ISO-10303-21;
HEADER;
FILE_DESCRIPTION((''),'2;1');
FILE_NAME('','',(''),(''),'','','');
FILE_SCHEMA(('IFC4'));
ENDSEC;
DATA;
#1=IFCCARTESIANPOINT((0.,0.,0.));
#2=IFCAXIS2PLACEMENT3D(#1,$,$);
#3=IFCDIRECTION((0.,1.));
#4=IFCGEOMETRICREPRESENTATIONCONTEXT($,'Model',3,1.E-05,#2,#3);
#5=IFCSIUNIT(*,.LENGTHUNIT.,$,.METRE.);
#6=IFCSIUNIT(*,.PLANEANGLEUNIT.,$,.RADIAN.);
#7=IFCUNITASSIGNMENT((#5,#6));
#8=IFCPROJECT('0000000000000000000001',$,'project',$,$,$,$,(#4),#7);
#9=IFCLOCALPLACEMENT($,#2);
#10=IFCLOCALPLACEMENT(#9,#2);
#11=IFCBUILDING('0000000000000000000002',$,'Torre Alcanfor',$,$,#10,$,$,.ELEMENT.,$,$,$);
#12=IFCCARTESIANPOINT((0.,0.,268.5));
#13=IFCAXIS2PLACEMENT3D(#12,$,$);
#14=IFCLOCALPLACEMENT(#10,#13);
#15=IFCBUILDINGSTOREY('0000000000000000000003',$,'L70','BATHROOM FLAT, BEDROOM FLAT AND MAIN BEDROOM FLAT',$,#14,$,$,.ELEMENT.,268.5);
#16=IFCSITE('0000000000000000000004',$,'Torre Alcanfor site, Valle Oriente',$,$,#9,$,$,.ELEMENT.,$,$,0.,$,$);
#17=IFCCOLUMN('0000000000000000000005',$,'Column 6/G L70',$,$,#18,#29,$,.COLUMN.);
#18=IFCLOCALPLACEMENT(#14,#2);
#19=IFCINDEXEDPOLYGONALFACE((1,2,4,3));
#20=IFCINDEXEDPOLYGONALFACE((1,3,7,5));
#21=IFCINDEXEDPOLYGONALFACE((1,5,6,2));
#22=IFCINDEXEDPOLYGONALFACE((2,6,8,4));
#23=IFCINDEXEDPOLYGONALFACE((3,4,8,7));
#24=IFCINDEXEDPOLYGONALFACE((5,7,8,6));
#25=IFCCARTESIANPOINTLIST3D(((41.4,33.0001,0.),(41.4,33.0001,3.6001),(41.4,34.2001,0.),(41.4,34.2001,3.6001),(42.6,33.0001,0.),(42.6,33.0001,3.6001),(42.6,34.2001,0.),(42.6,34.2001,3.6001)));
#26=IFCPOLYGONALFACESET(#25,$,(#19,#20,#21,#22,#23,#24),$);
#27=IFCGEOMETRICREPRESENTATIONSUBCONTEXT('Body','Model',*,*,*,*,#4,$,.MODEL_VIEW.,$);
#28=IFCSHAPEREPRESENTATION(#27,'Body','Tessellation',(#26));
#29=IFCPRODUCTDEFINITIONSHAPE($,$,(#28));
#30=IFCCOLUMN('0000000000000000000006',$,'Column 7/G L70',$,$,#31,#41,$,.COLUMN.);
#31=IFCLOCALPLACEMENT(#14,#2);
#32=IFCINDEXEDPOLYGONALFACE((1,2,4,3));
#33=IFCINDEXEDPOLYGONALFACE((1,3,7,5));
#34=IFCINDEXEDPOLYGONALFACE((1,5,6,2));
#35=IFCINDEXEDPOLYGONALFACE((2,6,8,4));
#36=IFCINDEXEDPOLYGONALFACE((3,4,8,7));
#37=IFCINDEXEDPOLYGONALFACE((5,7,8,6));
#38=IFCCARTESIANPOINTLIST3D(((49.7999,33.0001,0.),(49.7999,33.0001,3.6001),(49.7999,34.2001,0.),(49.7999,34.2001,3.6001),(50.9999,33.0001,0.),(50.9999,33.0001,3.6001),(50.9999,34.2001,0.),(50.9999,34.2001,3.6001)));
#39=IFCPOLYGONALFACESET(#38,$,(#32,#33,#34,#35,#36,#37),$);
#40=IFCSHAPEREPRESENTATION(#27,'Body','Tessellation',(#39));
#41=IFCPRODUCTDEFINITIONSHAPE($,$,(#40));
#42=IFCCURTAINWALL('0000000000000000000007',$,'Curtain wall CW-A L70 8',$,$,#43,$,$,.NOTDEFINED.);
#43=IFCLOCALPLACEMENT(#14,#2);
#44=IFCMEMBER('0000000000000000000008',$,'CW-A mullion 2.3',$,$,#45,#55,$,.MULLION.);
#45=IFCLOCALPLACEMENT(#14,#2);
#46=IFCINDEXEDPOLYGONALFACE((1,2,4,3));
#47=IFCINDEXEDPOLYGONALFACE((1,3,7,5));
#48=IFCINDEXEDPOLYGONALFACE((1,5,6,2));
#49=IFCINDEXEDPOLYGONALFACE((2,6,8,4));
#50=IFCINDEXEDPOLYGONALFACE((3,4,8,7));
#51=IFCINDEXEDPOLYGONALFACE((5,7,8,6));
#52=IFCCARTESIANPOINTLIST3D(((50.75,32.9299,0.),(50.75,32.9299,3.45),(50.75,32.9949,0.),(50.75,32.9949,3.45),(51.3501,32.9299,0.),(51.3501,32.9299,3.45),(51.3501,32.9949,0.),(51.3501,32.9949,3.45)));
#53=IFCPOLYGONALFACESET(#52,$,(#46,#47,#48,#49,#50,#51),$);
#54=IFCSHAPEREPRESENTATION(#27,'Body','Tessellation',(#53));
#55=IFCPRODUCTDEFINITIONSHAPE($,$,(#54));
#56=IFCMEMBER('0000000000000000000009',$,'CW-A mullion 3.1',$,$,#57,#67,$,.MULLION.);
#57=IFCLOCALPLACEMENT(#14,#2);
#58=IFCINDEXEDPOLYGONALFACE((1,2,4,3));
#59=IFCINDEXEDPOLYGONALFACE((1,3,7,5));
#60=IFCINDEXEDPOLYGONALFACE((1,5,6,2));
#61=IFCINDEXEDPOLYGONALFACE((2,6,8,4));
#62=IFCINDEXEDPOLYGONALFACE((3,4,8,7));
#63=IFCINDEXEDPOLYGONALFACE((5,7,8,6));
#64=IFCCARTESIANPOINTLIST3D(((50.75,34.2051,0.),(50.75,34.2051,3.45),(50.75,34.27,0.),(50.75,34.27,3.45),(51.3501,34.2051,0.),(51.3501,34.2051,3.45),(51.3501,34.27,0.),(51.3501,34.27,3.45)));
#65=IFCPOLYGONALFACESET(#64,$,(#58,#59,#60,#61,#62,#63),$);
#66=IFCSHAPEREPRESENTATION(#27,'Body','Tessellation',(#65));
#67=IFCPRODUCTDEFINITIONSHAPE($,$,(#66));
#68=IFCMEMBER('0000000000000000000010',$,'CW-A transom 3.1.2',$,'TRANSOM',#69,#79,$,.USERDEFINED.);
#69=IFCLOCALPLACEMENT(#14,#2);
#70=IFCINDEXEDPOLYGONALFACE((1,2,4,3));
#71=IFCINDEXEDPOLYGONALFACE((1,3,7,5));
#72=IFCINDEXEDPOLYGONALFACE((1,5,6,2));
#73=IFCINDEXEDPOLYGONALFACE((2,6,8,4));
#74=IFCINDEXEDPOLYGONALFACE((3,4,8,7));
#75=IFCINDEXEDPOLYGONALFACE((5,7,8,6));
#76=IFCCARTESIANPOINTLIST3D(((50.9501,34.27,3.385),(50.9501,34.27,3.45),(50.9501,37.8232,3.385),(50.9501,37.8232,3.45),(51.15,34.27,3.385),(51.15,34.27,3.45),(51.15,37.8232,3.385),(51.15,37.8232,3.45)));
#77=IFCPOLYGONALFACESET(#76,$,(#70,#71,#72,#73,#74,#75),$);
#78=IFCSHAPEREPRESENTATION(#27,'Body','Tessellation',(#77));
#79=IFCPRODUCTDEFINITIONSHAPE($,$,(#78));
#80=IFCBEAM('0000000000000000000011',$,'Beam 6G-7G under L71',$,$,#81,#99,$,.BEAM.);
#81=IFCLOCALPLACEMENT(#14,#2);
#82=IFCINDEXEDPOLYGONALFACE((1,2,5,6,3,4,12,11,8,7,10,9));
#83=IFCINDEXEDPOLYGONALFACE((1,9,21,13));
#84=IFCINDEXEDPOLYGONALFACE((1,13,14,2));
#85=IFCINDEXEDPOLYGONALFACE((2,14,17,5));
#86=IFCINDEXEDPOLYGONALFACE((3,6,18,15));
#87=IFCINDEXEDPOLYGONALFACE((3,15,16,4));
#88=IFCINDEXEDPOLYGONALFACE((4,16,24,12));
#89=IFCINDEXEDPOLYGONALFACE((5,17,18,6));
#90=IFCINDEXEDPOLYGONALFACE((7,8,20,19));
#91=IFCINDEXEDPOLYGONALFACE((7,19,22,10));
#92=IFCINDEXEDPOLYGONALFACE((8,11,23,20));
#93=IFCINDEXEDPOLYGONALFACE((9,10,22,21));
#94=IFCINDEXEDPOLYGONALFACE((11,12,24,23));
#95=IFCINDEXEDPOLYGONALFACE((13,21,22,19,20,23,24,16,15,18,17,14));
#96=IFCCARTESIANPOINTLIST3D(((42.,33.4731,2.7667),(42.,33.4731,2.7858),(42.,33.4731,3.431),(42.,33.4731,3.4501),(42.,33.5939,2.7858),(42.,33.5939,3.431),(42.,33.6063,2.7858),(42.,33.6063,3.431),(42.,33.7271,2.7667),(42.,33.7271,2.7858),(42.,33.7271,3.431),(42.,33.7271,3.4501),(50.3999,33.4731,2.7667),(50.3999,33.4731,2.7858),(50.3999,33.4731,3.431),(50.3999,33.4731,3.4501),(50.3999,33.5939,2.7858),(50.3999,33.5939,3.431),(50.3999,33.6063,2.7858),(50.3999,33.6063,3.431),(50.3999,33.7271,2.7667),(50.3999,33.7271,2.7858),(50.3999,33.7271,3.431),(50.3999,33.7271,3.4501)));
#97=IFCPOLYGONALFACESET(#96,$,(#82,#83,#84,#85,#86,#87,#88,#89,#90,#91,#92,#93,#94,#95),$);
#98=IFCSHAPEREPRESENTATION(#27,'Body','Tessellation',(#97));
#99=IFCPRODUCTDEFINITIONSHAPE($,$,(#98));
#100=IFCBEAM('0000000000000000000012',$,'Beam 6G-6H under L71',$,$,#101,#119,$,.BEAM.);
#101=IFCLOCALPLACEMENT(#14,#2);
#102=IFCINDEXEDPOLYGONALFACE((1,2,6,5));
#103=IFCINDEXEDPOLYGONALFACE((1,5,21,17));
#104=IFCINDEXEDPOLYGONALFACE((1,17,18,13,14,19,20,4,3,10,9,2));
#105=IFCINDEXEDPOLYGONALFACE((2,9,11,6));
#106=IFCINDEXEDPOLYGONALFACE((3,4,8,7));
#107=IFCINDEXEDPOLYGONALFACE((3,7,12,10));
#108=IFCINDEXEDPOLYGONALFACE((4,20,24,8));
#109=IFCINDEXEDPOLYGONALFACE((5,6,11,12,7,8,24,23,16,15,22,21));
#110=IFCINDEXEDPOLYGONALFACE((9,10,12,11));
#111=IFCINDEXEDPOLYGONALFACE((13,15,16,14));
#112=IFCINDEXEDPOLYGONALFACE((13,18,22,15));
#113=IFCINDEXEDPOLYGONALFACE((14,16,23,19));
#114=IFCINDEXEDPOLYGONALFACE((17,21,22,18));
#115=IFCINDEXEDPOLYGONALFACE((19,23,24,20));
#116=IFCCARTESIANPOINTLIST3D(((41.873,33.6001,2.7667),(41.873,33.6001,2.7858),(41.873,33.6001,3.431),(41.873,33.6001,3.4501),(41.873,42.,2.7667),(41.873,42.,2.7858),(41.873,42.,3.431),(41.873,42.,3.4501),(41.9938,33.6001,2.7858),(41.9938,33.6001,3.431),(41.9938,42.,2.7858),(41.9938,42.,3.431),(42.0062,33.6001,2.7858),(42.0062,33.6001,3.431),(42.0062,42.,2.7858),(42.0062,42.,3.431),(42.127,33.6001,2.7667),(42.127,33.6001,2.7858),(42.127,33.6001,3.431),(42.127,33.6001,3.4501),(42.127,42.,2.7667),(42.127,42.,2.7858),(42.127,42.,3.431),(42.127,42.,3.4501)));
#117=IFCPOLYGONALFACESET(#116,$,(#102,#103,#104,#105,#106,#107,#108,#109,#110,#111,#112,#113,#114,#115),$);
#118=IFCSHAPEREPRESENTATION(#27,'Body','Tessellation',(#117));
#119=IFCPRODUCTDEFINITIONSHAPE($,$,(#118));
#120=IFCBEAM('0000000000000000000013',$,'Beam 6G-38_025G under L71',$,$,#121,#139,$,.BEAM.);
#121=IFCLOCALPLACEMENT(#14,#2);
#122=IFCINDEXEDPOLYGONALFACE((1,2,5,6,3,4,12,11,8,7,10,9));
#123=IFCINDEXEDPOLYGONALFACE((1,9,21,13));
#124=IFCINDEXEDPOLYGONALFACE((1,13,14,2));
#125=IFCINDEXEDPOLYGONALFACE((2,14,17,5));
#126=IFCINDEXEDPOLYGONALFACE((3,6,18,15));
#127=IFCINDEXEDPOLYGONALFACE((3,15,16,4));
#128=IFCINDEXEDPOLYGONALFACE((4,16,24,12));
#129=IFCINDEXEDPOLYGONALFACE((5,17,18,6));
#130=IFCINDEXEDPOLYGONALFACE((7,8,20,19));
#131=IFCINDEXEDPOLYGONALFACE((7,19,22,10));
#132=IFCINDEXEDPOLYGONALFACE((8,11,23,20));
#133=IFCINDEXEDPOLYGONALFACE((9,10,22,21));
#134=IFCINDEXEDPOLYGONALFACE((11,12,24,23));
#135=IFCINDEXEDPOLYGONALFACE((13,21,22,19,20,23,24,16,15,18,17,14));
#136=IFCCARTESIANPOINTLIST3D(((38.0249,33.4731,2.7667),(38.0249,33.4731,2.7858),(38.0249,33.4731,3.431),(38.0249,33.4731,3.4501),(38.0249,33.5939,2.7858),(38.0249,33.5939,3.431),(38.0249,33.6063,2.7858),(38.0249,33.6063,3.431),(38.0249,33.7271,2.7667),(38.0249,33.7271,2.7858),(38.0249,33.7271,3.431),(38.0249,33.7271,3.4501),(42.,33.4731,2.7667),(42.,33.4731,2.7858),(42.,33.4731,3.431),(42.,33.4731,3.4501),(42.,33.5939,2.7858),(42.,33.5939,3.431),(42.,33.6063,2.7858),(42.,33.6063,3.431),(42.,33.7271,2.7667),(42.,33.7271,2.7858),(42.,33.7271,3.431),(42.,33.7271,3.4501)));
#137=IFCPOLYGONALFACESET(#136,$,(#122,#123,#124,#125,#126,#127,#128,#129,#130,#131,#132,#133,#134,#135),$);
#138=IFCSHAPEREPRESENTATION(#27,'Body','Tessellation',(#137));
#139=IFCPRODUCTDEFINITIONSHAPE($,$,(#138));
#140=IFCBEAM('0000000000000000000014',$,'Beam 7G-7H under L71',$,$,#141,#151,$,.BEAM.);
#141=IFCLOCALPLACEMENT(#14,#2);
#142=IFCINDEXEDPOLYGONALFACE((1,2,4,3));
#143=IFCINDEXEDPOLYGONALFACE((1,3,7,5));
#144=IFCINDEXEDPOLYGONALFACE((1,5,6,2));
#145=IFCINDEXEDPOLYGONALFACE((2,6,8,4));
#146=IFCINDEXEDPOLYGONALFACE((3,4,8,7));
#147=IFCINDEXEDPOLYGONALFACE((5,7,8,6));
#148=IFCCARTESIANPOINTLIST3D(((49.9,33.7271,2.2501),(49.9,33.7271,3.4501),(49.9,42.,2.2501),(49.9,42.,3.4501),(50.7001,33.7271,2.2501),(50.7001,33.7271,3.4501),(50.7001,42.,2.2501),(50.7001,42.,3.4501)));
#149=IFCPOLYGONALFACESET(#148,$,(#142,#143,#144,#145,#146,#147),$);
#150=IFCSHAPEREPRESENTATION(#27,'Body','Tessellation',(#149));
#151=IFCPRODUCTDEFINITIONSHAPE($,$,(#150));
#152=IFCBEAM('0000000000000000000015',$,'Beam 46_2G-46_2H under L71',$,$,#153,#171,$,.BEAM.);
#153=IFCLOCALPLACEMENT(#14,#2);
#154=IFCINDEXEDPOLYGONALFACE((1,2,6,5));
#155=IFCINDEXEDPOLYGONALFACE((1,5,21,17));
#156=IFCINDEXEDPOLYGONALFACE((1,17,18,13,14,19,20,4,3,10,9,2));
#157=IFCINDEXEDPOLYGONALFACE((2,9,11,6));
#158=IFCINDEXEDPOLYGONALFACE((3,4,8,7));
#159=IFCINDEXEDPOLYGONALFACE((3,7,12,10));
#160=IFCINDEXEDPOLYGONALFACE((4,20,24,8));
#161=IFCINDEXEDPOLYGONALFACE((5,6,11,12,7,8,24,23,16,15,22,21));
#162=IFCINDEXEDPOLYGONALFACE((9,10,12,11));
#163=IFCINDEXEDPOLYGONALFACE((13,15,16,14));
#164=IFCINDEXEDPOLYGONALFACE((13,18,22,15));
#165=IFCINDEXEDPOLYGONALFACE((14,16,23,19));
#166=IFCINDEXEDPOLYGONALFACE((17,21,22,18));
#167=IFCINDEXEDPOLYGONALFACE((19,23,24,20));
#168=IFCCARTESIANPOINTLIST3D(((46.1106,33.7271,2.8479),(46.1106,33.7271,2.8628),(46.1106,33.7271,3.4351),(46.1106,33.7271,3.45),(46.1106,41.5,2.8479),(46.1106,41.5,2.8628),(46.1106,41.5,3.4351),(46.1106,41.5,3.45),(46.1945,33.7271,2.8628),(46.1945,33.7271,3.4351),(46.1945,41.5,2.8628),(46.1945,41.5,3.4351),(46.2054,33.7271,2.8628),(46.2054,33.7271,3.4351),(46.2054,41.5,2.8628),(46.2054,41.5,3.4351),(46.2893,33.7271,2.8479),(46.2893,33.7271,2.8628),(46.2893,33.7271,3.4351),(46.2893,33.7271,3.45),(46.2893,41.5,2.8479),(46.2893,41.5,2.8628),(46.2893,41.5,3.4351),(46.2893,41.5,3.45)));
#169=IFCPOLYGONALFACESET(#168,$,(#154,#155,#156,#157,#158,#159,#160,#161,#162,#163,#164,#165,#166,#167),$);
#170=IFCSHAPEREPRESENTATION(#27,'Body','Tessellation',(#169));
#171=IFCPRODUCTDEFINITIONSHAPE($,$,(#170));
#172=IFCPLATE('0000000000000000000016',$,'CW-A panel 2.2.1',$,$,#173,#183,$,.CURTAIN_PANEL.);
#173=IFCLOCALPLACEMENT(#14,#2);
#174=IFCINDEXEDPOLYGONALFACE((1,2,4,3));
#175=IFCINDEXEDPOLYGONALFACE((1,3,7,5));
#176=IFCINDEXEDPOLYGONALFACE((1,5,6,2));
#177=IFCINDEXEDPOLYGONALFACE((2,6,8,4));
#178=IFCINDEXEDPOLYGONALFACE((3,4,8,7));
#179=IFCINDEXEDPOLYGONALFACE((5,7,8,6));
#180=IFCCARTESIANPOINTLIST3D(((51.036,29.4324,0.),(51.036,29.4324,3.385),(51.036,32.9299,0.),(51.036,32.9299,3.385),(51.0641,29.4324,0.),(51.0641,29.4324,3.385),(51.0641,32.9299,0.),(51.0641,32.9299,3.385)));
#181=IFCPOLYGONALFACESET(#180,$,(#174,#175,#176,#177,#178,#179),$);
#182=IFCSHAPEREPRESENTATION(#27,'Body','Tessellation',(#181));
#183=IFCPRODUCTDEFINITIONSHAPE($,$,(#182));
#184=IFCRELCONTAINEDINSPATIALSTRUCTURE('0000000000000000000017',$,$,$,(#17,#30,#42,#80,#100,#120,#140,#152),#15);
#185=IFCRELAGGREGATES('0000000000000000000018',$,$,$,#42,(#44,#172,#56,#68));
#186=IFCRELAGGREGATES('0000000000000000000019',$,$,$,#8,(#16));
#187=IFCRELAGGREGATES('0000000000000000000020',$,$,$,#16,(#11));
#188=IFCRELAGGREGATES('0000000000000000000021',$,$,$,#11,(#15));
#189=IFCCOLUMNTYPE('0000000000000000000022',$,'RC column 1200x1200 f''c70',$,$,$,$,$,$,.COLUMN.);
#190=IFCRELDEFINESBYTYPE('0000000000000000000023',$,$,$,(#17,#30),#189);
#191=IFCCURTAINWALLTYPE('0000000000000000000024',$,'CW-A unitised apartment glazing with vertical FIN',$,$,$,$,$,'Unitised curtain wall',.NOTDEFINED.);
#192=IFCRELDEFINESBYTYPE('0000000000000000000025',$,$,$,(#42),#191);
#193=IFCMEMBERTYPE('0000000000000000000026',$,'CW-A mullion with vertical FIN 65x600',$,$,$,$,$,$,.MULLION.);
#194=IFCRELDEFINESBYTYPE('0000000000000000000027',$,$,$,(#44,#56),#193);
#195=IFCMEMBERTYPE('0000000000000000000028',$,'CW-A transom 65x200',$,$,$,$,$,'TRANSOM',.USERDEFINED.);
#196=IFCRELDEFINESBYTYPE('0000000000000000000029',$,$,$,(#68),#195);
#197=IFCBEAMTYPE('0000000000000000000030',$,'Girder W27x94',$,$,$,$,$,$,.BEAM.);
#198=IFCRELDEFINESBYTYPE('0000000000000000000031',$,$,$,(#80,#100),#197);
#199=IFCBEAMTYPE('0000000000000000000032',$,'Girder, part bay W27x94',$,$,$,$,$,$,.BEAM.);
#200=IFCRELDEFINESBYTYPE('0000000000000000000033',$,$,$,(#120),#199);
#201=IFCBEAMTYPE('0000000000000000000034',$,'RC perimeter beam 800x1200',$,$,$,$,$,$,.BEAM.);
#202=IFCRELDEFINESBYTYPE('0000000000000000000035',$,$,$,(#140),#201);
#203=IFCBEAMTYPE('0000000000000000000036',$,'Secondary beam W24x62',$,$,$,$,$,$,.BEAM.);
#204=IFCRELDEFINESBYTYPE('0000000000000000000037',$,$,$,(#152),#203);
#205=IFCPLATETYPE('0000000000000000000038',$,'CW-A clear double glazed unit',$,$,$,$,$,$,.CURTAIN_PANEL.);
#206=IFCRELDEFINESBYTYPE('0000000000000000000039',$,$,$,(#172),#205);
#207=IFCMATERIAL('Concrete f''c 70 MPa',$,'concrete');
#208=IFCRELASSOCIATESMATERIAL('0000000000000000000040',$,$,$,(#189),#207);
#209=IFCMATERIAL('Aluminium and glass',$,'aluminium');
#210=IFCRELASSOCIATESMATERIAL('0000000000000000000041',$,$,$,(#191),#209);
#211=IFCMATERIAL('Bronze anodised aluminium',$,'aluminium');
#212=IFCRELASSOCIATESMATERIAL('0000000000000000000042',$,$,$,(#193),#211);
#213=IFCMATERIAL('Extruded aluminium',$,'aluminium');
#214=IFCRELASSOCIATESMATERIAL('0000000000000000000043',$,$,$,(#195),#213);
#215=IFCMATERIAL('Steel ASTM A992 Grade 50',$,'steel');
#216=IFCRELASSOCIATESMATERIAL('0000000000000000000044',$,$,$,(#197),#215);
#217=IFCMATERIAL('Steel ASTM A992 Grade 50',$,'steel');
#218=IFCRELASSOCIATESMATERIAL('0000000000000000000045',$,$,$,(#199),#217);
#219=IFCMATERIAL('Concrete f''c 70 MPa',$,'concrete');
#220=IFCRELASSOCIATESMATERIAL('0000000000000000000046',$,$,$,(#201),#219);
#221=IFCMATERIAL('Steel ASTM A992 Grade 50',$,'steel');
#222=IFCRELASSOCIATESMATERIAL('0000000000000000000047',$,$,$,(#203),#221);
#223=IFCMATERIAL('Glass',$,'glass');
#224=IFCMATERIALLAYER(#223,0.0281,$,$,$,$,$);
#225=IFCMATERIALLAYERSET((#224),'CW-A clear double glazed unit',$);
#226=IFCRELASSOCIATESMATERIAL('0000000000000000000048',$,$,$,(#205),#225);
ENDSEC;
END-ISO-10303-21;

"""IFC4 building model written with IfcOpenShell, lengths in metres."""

from ifc_helpers import new_model, si_unit, direction, frame, origin, origin_2d, place, context, subcontext, project, spatial, rectangle, i_section, extrude, material, layer, layer_set, material_profile, profile_set, type_object, element, aggregate, save


model = new_model("IFC4")

# Units and contexts
model_context = context("Model", 3, precision=1e-05, world=origin(), true_north=direction((0.0, 1.0)))
body_context = subcontext(model_context, "Body", "Model", "MODEL_VIEW")
ifc_project = project(units=[si_unit("LENGTHUNIT", "METRE"), si_unit("PLANEANGLEUNIT", "RADIAN")], contexts=[model_context])

# Site, building, storey
site_placement = place(None, origin())
site = spatial("IfcSite", under=ifc_project, at=site_placement, Name="Torre Alcanfor site, Valle Oriente", CompositionType="ELEMENT", RefElevation=0.0)
building_placement = place(site_placement, origin())
building = spatial("IfcBuilding", under=site, at=building_placement, Name="Torre Alcanfor", CompositionType="ELEMENT")
storey_placement = place(building_placement, frame((0.0, 0.0, 268.5)))
storey = spatial("IfcBuildingStorey", under=building, at=storey_placement, Name="L70", Description="BATHROOM FLAT, BEDROOM FLAT AND MAIN BEDROOM FLAT", CompositionType="ELEMENT", Elevation=268.5)

# Columns
ifc_material_1 = material(Name="Concrete f'c 70 MPa", Category="concrete")
ifc_material_profile_1 = material_profile(ifc_material_1, rectangle(XDim=1.2, YDim=1.2, at=origin_2d()), Name="1200x1200")
ifc_profile_set_1 = profile_set([ifc_material_profile_1], Name="Concrete f'c 70 MPa")
column_type = type_object("IfcColumnType", Name="RC column 1200x1200 f'c70", PredefinedType="COLUMN", material=ifc_profile_set_1)
for number, where, z_axis, x_axis, name in (
    (1, (42.0, 33.6001, 0.0), (0.0, 0.0, 1.0), (1.0, 0.0, 0.0), "Column 6/G L70"),
    (2, (50.3999, 33.6001, 0.0), (0.0, 0.0, 1.0), (1.0, 0.0, 0.0), "Column 7/G L70"),
):
    element("IfcColumn", number, at=place(storey_placement, frame(where, z_axis=z_axis, x_axis=x_axis)), inside=storey, type_object=column_type, Name=name, PredefinedType="COLUMN", context=body_context, shape_type="SweptSolid", body=[
        extrude(rectangle(XDim=1.2, YDim=1.2, at=origin_2d()), origin(), (0.0, 0.0, 1.0), 3.6001),
    ])

# Curtain wall, members
ifc_material_2 = material(Name="Aluminium and glass", Category="aluminium")
curtain_wall_type = type_object("IfcCurtainWallType", Name="CW-A unitised apartment glazing with vertical FIN", ElementType="Unitised curtain wall", PredefinedType="NOTDEFINED", material=ifc_material_2)
curtain_wall_placement = place(storey_placement, origin())
curtain_wall = element("IfcCurtainWall", 3, at=curtain_wall_placement, inside=storey, type_object=curtain_wall_type, Name="Curtain wall CW-A L70 8", PredefinedType="NOTDEFINED")
ifc_material_3 = material(Name="Bronze anodised aluminium", Category="aluminium")
ifc_material_profile_2 = material_profile(ifc_material_3, rectangle(XDim=0.6001, YDim=0.0649, at=origin_2d()), Name="CW-A mullion 65x600")
ifc_profile_set_2 = profile_set([ifc_material_profile_2], Name="Bronze anodised aluminium")
member_type_1 = type_object("IfcMemberType", Name="CW-A mullion with vertical FIN 65x600", PredefinedType="MULLION", material=ifc_profile_set_2)
member_1_placement = place(storey_placement, frame((51.05, 32.9624, 0.0), z_axis=(0.0, 0.0, 1.0), x_axis=(-1.0, 0.0, 0.0)))
member_1 = element("IfcMember", 4, at=member_1_placement, type_object=member_type_1, Name="CW-A mullion 2.3", PredefinedType="MULLION", context=body_context, shape_type="SweptSolid", body=[
    extrude(rectangle(XDim=0.6001, YDim=0.0649, at=origin_2d()), origin(), (0.0, 0.0, 1.0), 3.45),
])
member_2_placement = place(storey_placement, frame((51.05, 34.2375, 0.0), z_axis=(0.0, 0.0, 1.0), x_axis=(-1.0, 0.0, 0.0)))
member_2 = element("IfcMember", 5, at=member_2_placement, type_object=member_type_1, Name="CW-A mullion 3.1", PredefinedType="MULLION", context=body_context, shape_type="SweptSolid", body=[
    extrude(rectangle(XDim=0.6001, YDim=0.0649, at=origin_2d()), origin(), (0.0, 0.0, 1.0), 3.45),
])
ifc_material_4 = material(Name="Extruded aluminium", Category="aluminium")
ifc_material_profile_3 = material_profile(ifc_material_4, rectangle(XDim=0.2, YDim=0.0649, at=origin_2d()), Name="CW-A transom 200x65")
ifc_profile_set_3 = profile_set([ifc_material_profile_3], Name="Extruded aluminium")
member_type_2 = type_object("IfcMemberType", Name="CW-A transom 65x200", ElementType="TRANSOM", PredefinedType="USERDEFINED", material=ifc_profile_set_3)
member_3_placement = place(storey_placement, frame((51.05, 34.27, 3.4175), z_axis=(0.0, 1.0, 0.0), x_axis=(-1.0, 0.0, 0.0)))
member_3 = element("IfcMember", 6, at=member_3_placement, type_object=member_type_2, Name="CW-A transom 3.1.2", ObjectType="TRANSOM", PredefinedType="USERDEFINED", context=body_context, shape_type="SweptSolid", body=[
    extrude(rectangle(XDim=0.2, YDim=0.0649, at=origin_2d()), origin(), (0.0, 0.0, 1.0), 3.5532),
])

# Beams
ifc_material_5 = material(Name="Steel ASTM A992 Grade 50", Category="steel")
ifc_material_profile_4 = material_profile(ifc_material_5, i_section(OverallWidth=0.2539, OverallDepth=0.6833, WebThickness=0.0125, FlangeThickness=0.019, at=origin_2d()), Name="W27x94")
ifc_profile_set_4 = profile_set([ifc_material_profile_4], Name="Steel ASTM A992 Grade 50")
beam_type_1 = type_object("IfcBeamType", Name="Girder W27x94", PredefinedType="BEAM", material=ifc_profile_set_4)
for number, where, z_axis, x_axis, name in (
    (7, (42.0, 33.6001, 3.1084), (1.0, 0.0, 0.0), (0.0, 1.0, 0.0), "Beam 6G-7G under L71"),
    (8, (42.0, 33.6001, 3.1084), (0.0, 1.0, 0.0), (-1.0, 0.0, 0.0), "Beam 6G-6H under L71"),
):
    element("IfcBeam", number, at=place(storey_placement, frame(where, z_axis=z_axis, x_axis=x_axis)), inside=storey, type_object=beam_type_1, Name=name, PredefinedType="BEAM", context=body_context, shape_type="SweptSolid", body=[
        extrude(i_section(OverallWidth=0.2539, OverallDepth=0.6833, WebThickness=0.0125, FlangeThickness=0.019, at=origin_2d()), origin(), (0.0, 0.0, 1.0), 8.3999),
    ])
ifc_material_6 = material(Name="Steel ASTM A992 Grade 50", Category="steel")
ifc_material_profile_5 = material_profile(ifc_material_6, i_section(OverallWidth=0.2539, OverallDepth=0.6833, WebThickness=0.0125, FlangeThickness=0.019, at=origin_2d()), Name="W27x94")
ifc_profile_set_5 = profile_set([ifc_material_profile_5], Name="Steel ASTM A992 Grade 50")
beam_type_2 = type_object("IfcBeamType", Name="Girder, part bay W27x94", PredefinedType="BEAM", material=ifc_profile_set_5)
beam_1_placement = place(storey_placement, frame((42.0, 33.6001, 3.1084), z_axis=(-1.0, 0.0, 0.0), x_axis=(0.0, -1.0, 0.0)))
element("IfcBeam", 9, at=beam_1_placement, inside=storey, type_object=beam_type_2, Name="Beam 6G-38_025G under L71", PredefinedType="BEAM", context=body_context, shape_type="SweptSolid", body=[
    extrude(i_section(OverallWidth=0.2539, OverallDepth=0.6833, WebThickness=0.0125, FlangeThickness=0.019, at=origin_2d()), origin(), (0.0, 0.0, 1.0), 3.9751),
])
ifc_material_7 = material(Name="Concrete f'c 70 MPa", Category="concrete")
ifc_material_profile_6 = material_profile(ifc_material_7, rectangle(XDim=0.8, YDim=1.2, at=origin_2d()), Name="800x1200")
ifc_profile_set_6 = profile_set([ifc_material_profile_6], Name="Concrete f'c 70 MPa")
beam_type_3 = type_object("IfcBeamType", Name="RC perimeter beam 800x1200", PredefinedType="BEAM", material=ifc_profile_set_6)
beam_2_placement = place(storey_placement, frame((50.3, 33.7271, 2.8501), z_axis=(0.0, 1.0, 0.0), x_axis=(-1.0, 0.0, 0.0)))
element("IfcBeam", 10, at=beam_2_placement, inside=storey, type_object=beam_type_3, Name="Beam 7G-7H under L71", PredefinedType="BEAM", context=body_context, shape_type="SweptSolid", body=[
    extrude(rectangle(XDim=0.8, YDim=1.2, at=origin_2d()), origin(), (0.0, 0.0, 1.0), 8.2729),
])
ifc_material_8 = material(Name="Steel ASTM A992 Grade 50", Category="steel")
ifc_material_profile_7 = material_profile(ifc_material_8, i_section(OverallWidth=0.1787, OverallDepth=0.6021, WebThickness=0.011, FlangeThickness=0.0149, at=origin_2d()), Name="W24x62")
ifc_profile_set_7 = profile_set([ifc_material_profile_7], Name="Steel ASTM A992 Grade 50")
beam_type_4 = type_object("IfcBeamType", Name="Secondary beam W24x62", PredefinedType="BEAM", material=ifc_profile_set_7)
beam_3_placement = place(storey_placement, frame((46.2, 33.7271, 3.1489), z_axis=(0.0, 1.0, 0.0), x_axis=(-1.0, 0.0, 0.0)))
element("IfcBeam", 11, at=beam_3_placement, inside=storey, type_object=beam_type_4, Name="Beam 46_2G-46_2H under L71", PredefinedType="BEAM", context=body_context, shape_type="SweptSolid", body=[
    extrude(i_section(OverallWidth=0.1787, OverallDepth=0.6021, WebThickness=0.011, FlangeThickness=0.0149, at=origin_2d()), origin(), (0.0, 0.0, 1.0), 7.7729),
])

# Plate
ifc_material_9 = material(Name="Glass", Category="glass")
ifc_layer_1 = layer(ifc_material_9, 0.0281)
ifc_layer_set_1 = layer_set([ifc_layer_1], Name="CW-A clear double glazed unit")
plate_type = type_object("IfcPlateType", Name="CW-A clear double glazed unit", PredefinedType="CURTAIN_PANEL", material=ifc_layer_set_1)
plate_placement = place(storey_placement, frame((51.05, 31.1812, 0.0), z_axis=(0.0, 0.0, 1.0), x_axis=(0.0, 1.0, 0.0)))
plate = element("IfcPlate", 12, at=plate_placement, type_object=plate_type, Name="CW-A panel 2.2.1", PredefinedType="CURTAIN_PANEL", context=body_context, shape_type="SweptSolid", body=[
    extrude(rectangle(XDim=3.4976, YDim=0.0281, at=origin_2d()), origin(), (0.0, 0.0, 1.0), 3.385),
])
aggregate(curtain_wall, [member_1, plate, member_2, member_3])

save(model, "model.ifc")
